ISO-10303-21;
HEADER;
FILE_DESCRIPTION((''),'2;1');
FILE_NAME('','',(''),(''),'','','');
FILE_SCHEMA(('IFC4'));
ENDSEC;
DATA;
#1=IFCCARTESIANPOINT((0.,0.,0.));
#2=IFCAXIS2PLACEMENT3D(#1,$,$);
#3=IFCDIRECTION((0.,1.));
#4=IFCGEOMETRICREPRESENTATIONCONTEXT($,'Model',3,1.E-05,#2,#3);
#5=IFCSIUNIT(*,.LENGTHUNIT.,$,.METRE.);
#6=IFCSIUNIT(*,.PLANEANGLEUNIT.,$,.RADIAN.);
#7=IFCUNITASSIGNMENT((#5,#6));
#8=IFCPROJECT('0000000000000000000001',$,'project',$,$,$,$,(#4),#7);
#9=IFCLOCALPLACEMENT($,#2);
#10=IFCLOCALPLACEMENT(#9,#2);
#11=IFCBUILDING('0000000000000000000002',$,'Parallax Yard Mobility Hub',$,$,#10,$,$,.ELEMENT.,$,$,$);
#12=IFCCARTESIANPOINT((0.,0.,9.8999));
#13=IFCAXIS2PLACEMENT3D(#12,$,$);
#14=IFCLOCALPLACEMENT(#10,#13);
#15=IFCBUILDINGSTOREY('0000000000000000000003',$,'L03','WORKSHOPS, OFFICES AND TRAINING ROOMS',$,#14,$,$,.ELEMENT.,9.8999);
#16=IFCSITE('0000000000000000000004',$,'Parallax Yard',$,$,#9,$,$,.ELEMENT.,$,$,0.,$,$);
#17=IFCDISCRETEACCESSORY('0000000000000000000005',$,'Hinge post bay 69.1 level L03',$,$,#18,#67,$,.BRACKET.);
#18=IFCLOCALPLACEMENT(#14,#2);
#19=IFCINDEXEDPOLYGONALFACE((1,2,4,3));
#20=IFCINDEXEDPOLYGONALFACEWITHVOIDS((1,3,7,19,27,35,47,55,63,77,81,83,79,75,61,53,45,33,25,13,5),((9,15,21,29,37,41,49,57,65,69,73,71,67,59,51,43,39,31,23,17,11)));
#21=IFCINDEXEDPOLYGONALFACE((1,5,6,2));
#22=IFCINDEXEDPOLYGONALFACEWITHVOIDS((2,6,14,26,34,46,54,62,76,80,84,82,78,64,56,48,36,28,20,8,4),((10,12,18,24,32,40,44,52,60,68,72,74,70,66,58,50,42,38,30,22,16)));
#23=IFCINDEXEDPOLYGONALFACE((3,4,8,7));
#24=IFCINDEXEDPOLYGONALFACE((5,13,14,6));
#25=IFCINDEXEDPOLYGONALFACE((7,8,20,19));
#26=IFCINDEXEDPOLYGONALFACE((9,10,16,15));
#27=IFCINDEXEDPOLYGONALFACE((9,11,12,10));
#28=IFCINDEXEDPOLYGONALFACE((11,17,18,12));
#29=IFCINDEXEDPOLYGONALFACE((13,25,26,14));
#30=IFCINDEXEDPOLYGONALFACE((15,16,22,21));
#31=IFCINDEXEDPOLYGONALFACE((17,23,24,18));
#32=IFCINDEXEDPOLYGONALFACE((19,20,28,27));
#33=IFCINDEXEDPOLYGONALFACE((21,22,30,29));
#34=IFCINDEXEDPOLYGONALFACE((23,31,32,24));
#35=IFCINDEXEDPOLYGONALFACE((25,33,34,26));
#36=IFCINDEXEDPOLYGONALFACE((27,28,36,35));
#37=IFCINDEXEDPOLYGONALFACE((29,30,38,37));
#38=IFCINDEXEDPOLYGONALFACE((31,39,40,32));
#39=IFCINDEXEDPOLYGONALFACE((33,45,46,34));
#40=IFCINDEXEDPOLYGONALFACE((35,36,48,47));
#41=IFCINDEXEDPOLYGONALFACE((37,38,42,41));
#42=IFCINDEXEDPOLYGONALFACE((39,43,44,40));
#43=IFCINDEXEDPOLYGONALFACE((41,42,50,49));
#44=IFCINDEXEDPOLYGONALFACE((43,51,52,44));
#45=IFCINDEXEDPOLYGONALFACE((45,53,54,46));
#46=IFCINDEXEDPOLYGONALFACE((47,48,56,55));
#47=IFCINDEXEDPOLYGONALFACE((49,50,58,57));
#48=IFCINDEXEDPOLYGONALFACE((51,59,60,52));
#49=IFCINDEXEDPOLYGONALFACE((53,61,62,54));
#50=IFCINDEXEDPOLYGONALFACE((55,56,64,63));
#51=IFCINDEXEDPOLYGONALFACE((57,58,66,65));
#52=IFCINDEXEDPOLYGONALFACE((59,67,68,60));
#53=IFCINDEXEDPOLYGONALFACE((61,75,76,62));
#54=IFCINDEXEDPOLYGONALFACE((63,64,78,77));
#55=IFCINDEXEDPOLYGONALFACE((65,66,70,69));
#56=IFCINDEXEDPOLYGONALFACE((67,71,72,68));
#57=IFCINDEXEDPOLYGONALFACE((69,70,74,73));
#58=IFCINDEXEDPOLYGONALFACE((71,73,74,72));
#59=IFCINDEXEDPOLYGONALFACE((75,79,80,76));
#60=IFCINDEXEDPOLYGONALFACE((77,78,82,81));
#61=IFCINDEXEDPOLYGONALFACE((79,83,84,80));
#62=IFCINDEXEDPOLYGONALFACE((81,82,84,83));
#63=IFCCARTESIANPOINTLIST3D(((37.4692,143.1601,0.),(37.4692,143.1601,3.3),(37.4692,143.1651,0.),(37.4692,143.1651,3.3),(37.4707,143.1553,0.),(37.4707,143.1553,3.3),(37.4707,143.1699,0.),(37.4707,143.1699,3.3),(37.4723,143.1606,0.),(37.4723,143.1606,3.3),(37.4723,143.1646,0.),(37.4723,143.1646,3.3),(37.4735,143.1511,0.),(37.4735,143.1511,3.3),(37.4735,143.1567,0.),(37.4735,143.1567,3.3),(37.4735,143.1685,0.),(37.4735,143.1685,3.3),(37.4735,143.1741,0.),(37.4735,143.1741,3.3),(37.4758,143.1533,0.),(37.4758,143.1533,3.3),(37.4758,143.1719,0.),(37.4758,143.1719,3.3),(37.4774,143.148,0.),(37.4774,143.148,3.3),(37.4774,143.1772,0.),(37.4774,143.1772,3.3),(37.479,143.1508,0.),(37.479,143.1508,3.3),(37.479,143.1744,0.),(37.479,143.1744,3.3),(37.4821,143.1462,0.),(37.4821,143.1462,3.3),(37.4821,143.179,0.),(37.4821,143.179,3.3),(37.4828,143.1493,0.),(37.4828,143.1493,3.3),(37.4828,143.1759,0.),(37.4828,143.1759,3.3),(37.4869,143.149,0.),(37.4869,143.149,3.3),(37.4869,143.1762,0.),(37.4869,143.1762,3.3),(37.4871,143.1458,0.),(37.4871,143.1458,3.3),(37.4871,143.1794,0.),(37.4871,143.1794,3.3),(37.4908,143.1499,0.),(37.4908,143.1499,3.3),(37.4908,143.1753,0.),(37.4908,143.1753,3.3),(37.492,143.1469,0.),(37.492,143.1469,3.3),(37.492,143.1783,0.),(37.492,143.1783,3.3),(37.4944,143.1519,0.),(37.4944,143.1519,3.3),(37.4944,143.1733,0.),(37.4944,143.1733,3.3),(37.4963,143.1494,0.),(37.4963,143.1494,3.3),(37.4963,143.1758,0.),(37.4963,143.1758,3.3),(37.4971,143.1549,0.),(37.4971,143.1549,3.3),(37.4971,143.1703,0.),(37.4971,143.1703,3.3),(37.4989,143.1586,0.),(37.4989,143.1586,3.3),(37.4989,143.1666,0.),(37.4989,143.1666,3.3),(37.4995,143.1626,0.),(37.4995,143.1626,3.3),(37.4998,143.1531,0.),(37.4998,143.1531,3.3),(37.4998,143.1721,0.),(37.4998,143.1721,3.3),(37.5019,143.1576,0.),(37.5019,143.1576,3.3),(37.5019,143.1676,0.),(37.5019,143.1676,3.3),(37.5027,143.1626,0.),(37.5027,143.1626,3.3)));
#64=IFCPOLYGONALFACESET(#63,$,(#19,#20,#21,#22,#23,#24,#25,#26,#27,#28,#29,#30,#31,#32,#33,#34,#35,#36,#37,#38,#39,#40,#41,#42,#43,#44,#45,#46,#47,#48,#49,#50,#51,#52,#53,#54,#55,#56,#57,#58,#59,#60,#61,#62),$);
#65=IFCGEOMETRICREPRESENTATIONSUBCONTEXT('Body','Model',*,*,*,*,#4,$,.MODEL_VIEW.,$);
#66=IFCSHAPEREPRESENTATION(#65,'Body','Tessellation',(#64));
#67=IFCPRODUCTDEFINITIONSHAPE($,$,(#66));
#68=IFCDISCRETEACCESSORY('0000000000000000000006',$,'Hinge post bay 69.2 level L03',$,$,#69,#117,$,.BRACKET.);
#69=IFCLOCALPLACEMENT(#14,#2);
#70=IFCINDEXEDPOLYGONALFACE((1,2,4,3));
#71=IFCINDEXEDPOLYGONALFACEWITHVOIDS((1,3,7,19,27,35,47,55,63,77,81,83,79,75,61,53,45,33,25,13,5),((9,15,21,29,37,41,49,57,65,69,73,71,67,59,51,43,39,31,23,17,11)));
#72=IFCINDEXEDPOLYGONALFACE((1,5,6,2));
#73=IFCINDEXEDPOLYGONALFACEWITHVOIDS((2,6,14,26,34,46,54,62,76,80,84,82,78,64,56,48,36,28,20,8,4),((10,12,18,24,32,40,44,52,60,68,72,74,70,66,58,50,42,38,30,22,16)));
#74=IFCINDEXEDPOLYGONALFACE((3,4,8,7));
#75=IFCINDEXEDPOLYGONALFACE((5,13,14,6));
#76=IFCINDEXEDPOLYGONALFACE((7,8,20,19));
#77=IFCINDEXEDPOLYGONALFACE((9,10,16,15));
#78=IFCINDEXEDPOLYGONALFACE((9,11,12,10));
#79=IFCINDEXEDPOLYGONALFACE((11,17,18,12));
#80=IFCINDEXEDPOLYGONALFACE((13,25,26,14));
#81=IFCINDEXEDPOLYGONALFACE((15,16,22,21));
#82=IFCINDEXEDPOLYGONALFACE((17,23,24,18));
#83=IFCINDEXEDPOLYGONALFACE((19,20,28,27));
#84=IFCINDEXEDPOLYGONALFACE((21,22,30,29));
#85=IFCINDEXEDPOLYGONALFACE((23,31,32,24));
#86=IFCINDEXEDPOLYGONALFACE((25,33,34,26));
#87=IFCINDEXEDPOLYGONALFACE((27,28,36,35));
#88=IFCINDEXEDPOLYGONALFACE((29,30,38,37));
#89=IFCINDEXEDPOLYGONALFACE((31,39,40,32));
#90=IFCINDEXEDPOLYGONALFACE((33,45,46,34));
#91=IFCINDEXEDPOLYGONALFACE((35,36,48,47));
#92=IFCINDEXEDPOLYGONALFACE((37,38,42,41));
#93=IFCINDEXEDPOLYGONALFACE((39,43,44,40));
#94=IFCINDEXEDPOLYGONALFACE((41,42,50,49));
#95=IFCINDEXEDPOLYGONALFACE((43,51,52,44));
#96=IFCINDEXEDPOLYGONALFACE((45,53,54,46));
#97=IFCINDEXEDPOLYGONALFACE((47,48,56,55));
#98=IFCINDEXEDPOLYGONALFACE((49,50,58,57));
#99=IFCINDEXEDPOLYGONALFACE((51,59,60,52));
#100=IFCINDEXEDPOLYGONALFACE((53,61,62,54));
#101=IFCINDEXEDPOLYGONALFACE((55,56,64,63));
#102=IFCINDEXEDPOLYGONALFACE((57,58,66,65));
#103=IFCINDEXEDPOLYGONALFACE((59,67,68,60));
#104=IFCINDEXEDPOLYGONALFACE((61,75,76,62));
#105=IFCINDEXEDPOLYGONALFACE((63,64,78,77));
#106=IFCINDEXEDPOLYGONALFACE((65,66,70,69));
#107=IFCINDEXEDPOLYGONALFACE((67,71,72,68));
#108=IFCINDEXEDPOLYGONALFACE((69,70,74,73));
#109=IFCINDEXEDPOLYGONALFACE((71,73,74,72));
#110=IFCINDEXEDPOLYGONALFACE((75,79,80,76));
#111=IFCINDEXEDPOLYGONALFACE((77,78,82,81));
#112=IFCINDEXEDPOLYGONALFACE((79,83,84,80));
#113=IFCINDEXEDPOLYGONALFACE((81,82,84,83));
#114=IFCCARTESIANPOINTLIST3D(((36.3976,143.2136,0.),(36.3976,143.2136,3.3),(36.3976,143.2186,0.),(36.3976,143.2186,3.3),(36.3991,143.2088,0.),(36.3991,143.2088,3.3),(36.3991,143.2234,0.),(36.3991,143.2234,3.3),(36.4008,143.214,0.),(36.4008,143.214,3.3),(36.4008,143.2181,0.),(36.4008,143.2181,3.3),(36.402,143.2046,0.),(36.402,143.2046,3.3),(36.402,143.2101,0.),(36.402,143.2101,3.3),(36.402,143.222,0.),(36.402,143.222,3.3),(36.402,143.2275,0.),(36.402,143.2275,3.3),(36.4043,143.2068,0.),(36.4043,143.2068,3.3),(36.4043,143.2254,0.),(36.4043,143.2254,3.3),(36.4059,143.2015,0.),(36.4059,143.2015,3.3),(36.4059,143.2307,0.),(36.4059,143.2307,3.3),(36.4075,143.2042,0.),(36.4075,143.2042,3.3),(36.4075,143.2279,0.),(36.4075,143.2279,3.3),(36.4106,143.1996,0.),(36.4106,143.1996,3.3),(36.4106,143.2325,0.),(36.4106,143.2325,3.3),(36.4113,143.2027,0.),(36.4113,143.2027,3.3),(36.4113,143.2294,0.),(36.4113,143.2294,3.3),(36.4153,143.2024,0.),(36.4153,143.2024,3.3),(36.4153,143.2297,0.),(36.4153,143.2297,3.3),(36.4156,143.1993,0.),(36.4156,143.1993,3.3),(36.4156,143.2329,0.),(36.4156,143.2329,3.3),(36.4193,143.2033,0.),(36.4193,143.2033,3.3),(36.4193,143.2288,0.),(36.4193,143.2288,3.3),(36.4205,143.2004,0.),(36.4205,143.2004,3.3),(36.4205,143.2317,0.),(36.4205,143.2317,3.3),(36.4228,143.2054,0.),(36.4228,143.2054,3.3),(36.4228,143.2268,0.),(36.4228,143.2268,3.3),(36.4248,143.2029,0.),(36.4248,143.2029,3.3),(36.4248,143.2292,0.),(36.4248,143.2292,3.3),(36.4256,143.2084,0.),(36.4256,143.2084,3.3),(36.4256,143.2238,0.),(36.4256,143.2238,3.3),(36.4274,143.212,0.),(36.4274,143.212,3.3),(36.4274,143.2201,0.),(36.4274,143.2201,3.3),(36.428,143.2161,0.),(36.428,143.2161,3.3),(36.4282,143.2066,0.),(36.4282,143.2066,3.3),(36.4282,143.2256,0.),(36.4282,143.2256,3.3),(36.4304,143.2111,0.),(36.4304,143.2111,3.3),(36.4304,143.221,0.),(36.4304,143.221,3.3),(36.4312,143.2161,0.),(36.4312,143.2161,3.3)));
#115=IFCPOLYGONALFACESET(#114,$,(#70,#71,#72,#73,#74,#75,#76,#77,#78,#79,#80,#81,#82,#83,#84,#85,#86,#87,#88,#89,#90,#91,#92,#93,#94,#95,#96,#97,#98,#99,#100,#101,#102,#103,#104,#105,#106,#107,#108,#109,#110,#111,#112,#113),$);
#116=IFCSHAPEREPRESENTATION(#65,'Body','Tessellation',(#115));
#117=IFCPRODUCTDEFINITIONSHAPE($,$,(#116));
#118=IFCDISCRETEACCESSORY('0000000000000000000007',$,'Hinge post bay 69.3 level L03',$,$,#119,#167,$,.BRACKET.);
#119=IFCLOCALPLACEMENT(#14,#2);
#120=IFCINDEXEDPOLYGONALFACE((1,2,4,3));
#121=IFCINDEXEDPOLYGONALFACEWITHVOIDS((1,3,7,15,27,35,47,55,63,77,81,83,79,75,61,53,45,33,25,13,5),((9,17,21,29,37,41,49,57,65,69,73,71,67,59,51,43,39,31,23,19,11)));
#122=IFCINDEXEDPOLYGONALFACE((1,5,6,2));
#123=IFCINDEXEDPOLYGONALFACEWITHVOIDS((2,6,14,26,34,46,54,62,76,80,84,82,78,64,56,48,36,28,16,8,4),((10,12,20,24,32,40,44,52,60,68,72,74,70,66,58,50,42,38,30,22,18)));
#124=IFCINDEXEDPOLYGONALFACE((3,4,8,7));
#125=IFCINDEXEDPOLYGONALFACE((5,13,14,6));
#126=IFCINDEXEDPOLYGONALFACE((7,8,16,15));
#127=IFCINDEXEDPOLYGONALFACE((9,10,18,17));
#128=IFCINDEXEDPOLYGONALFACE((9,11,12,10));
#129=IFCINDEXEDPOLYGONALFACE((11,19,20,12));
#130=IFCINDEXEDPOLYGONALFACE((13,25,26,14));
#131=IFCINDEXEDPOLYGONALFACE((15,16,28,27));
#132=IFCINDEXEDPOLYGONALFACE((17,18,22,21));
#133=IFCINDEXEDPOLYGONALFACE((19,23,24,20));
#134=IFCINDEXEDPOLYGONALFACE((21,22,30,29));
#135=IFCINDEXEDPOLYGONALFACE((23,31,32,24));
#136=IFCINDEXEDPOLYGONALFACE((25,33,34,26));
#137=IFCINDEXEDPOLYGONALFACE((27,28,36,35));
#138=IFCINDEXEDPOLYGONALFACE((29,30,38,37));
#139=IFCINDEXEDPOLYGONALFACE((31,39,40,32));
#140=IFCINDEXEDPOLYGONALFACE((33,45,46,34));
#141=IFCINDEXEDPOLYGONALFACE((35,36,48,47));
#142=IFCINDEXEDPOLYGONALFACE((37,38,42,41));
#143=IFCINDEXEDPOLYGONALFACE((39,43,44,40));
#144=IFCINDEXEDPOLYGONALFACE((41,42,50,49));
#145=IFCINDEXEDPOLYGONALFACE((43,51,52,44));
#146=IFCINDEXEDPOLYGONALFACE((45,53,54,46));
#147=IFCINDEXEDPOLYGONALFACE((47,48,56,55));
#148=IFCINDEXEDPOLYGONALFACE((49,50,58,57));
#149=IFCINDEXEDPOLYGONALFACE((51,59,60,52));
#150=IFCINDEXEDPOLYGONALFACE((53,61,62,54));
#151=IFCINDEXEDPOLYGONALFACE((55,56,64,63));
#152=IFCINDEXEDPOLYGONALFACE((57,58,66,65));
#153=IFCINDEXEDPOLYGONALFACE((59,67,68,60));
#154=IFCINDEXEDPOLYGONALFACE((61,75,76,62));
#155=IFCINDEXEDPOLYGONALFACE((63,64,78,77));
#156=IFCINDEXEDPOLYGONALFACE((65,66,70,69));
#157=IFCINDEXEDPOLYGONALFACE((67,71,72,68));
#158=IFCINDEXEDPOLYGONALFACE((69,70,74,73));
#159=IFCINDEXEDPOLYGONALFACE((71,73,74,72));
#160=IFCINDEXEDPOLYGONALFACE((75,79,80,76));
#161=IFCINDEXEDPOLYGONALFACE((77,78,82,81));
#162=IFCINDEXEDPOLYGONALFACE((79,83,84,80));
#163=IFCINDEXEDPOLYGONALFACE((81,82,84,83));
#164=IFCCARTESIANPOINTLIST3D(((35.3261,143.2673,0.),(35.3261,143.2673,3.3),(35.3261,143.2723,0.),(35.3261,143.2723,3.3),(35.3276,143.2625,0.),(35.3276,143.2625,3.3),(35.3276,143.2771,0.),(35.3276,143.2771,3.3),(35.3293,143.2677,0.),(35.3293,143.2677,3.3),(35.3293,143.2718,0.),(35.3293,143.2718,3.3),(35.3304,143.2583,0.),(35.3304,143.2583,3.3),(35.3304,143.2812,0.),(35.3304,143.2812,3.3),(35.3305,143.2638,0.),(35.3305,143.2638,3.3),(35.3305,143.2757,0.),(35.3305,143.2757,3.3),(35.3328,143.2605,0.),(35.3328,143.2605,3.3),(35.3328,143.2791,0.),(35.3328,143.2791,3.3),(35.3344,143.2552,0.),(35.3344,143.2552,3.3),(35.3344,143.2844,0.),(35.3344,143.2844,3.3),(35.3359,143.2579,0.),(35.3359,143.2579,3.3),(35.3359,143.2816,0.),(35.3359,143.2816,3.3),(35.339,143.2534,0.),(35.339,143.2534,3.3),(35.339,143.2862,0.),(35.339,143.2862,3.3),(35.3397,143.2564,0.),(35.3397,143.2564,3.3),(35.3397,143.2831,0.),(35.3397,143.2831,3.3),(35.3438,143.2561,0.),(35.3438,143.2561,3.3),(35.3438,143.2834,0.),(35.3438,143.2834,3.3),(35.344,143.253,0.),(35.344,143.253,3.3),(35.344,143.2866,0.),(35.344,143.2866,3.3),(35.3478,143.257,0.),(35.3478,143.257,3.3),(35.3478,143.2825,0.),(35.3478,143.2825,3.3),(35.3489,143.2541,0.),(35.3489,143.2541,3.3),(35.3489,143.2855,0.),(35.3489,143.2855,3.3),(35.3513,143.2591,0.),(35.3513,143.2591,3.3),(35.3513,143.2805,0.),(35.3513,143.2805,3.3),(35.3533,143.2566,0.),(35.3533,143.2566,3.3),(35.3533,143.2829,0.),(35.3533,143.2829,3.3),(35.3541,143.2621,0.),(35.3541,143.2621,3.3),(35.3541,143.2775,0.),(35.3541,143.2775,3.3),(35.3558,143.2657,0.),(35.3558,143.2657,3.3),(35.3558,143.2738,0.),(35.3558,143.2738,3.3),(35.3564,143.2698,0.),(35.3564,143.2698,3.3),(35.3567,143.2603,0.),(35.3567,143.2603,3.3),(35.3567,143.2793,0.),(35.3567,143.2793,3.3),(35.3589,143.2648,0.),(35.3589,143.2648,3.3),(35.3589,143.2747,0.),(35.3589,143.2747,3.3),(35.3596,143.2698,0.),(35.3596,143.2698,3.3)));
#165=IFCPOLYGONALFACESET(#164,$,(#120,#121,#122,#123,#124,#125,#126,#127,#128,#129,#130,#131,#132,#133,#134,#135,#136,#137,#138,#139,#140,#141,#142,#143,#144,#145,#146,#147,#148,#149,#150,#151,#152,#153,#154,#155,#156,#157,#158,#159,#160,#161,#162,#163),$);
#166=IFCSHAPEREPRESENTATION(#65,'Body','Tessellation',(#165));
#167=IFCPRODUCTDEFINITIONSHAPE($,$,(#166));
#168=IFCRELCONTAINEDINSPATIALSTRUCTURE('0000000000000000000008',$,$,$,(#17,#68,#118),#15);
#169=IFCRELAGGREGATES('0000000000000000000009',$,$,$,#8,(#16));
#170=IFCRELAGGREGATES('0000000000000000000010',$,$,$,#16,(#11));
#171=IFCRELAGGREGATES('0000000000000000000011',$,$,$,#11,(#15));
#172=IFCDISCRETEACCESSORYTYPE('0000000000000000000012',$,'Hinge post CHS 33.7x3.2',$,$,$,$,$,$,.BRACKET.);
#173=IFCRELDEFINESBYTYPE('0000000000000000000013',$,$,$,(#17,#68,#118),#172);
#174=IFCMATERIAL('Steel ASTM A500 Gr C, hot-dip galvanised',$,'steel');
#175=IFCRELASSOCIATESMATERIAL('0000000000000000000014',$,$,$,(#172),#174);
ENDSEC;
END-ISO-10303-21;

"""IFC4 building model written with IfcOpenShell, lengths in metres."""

from ifc_helpers import new_model, si_unit, direction, frame, origin, origin_2d, place, context, subcontext, project, spatial, hollow_circle, extrude, material, material_profile, profile_set, type_object, element, save


model = new_model("IFC4")

# Units and contexts
model_context = context("Model", 3, precision=1e-05, world=origin(), true_north=direction((0.0, 1.0)))
body_context = subcontext(model_context, "Body", "Model", "MODEL_VIEW")
ifc_project = project(units=[si_unit("LENGTHUNIT", "METRE"), si_unit("PLANEANGLEUNIT", "RADIAN")], contexts=[model_context])

# Site, building, storey
site_placement = place(None, origin())
site = spatial("IfcSite", under=ifc_project, at=site_placement, Name="Parallax Yard", CompositionType="ELEMENT", RefElevation=0.0)
building_placement = place(site_placement, origin())
building = spatial("IfcBuilding", under=site, at=building_placement, Name="Parallax Yard Mobility Hub", CompositionType="ELEMENT")
storey_placement = place(building_placement, frame((0.0, 0.0, 9.8999)))
storey = spatial("IfcBuildingStorey", under=building, at=storey_placement, Name="L03", Description="WORKSHOPS, OFFICES AND TRAINING ROOMS", CompositionType="ELEMENT", Elevation=9.8999)

# Discrete accessories
ifc_material_1 = material(Name="Steel ASTM A500 Gr C, hot-dip galvanised", Category="steel")
ifc_material_profile_1 = material_profile(ifc_material_1, hollow_circle(Radius=0.0168, WallThickness=0.0032, at=origin_2d()), Name="CHS 33.7x3.2")
ifc_profile_set_1 = profile_set([ifc_material_profile_1], Name="Steel ASTM A500 Gr C, hot-dip galvanised")
discrete_accessory_type_1 = type_object("IfcDiscreteAccessoryType", Name="Hinge post CHS 33.7x3.2", PredefinedType="BRACKET", material=ifc_profile_set_1)
for number, where, z_axis, x_axis, name in (
    (1, (37.4858, 143.1626, 0.0), (0.0, 0.0, 1.0), (1.0, 0.0, 0.0), "Hinge post bay 69.1 level L03"),
    (2, (36.4143, 143.2161, 0.0), (0.0, 0.0, 1.0), (1.0, 0.0, 0.0), "Hinge post bay 69.2 level L03"),
    (3, (35.3428, 143.2698, 0.0), (0.0, 0.0, 1.0), (1.0, 0.0, 0.0), "Hinge post bay 69.3 level L03"),
):
    element("IfcDiscreteAccessory", number, at=place(storey_placement, frame(where, z_axis=z_axis, x_axis=x_axis)), inside=storey, type_object=discrete_accessory_type_1, Name=name, PredefinedType="BRACKET", context=body_context, shape_type="SweptSolid", body=[
        extrude(hollow_circle(Radius=0.0168, WallThickness=0.0032, at=origin_2d()), origin(), (0.0, 0.0, 1.0), 3.3),
    ])

save(model, "model.ifc")
